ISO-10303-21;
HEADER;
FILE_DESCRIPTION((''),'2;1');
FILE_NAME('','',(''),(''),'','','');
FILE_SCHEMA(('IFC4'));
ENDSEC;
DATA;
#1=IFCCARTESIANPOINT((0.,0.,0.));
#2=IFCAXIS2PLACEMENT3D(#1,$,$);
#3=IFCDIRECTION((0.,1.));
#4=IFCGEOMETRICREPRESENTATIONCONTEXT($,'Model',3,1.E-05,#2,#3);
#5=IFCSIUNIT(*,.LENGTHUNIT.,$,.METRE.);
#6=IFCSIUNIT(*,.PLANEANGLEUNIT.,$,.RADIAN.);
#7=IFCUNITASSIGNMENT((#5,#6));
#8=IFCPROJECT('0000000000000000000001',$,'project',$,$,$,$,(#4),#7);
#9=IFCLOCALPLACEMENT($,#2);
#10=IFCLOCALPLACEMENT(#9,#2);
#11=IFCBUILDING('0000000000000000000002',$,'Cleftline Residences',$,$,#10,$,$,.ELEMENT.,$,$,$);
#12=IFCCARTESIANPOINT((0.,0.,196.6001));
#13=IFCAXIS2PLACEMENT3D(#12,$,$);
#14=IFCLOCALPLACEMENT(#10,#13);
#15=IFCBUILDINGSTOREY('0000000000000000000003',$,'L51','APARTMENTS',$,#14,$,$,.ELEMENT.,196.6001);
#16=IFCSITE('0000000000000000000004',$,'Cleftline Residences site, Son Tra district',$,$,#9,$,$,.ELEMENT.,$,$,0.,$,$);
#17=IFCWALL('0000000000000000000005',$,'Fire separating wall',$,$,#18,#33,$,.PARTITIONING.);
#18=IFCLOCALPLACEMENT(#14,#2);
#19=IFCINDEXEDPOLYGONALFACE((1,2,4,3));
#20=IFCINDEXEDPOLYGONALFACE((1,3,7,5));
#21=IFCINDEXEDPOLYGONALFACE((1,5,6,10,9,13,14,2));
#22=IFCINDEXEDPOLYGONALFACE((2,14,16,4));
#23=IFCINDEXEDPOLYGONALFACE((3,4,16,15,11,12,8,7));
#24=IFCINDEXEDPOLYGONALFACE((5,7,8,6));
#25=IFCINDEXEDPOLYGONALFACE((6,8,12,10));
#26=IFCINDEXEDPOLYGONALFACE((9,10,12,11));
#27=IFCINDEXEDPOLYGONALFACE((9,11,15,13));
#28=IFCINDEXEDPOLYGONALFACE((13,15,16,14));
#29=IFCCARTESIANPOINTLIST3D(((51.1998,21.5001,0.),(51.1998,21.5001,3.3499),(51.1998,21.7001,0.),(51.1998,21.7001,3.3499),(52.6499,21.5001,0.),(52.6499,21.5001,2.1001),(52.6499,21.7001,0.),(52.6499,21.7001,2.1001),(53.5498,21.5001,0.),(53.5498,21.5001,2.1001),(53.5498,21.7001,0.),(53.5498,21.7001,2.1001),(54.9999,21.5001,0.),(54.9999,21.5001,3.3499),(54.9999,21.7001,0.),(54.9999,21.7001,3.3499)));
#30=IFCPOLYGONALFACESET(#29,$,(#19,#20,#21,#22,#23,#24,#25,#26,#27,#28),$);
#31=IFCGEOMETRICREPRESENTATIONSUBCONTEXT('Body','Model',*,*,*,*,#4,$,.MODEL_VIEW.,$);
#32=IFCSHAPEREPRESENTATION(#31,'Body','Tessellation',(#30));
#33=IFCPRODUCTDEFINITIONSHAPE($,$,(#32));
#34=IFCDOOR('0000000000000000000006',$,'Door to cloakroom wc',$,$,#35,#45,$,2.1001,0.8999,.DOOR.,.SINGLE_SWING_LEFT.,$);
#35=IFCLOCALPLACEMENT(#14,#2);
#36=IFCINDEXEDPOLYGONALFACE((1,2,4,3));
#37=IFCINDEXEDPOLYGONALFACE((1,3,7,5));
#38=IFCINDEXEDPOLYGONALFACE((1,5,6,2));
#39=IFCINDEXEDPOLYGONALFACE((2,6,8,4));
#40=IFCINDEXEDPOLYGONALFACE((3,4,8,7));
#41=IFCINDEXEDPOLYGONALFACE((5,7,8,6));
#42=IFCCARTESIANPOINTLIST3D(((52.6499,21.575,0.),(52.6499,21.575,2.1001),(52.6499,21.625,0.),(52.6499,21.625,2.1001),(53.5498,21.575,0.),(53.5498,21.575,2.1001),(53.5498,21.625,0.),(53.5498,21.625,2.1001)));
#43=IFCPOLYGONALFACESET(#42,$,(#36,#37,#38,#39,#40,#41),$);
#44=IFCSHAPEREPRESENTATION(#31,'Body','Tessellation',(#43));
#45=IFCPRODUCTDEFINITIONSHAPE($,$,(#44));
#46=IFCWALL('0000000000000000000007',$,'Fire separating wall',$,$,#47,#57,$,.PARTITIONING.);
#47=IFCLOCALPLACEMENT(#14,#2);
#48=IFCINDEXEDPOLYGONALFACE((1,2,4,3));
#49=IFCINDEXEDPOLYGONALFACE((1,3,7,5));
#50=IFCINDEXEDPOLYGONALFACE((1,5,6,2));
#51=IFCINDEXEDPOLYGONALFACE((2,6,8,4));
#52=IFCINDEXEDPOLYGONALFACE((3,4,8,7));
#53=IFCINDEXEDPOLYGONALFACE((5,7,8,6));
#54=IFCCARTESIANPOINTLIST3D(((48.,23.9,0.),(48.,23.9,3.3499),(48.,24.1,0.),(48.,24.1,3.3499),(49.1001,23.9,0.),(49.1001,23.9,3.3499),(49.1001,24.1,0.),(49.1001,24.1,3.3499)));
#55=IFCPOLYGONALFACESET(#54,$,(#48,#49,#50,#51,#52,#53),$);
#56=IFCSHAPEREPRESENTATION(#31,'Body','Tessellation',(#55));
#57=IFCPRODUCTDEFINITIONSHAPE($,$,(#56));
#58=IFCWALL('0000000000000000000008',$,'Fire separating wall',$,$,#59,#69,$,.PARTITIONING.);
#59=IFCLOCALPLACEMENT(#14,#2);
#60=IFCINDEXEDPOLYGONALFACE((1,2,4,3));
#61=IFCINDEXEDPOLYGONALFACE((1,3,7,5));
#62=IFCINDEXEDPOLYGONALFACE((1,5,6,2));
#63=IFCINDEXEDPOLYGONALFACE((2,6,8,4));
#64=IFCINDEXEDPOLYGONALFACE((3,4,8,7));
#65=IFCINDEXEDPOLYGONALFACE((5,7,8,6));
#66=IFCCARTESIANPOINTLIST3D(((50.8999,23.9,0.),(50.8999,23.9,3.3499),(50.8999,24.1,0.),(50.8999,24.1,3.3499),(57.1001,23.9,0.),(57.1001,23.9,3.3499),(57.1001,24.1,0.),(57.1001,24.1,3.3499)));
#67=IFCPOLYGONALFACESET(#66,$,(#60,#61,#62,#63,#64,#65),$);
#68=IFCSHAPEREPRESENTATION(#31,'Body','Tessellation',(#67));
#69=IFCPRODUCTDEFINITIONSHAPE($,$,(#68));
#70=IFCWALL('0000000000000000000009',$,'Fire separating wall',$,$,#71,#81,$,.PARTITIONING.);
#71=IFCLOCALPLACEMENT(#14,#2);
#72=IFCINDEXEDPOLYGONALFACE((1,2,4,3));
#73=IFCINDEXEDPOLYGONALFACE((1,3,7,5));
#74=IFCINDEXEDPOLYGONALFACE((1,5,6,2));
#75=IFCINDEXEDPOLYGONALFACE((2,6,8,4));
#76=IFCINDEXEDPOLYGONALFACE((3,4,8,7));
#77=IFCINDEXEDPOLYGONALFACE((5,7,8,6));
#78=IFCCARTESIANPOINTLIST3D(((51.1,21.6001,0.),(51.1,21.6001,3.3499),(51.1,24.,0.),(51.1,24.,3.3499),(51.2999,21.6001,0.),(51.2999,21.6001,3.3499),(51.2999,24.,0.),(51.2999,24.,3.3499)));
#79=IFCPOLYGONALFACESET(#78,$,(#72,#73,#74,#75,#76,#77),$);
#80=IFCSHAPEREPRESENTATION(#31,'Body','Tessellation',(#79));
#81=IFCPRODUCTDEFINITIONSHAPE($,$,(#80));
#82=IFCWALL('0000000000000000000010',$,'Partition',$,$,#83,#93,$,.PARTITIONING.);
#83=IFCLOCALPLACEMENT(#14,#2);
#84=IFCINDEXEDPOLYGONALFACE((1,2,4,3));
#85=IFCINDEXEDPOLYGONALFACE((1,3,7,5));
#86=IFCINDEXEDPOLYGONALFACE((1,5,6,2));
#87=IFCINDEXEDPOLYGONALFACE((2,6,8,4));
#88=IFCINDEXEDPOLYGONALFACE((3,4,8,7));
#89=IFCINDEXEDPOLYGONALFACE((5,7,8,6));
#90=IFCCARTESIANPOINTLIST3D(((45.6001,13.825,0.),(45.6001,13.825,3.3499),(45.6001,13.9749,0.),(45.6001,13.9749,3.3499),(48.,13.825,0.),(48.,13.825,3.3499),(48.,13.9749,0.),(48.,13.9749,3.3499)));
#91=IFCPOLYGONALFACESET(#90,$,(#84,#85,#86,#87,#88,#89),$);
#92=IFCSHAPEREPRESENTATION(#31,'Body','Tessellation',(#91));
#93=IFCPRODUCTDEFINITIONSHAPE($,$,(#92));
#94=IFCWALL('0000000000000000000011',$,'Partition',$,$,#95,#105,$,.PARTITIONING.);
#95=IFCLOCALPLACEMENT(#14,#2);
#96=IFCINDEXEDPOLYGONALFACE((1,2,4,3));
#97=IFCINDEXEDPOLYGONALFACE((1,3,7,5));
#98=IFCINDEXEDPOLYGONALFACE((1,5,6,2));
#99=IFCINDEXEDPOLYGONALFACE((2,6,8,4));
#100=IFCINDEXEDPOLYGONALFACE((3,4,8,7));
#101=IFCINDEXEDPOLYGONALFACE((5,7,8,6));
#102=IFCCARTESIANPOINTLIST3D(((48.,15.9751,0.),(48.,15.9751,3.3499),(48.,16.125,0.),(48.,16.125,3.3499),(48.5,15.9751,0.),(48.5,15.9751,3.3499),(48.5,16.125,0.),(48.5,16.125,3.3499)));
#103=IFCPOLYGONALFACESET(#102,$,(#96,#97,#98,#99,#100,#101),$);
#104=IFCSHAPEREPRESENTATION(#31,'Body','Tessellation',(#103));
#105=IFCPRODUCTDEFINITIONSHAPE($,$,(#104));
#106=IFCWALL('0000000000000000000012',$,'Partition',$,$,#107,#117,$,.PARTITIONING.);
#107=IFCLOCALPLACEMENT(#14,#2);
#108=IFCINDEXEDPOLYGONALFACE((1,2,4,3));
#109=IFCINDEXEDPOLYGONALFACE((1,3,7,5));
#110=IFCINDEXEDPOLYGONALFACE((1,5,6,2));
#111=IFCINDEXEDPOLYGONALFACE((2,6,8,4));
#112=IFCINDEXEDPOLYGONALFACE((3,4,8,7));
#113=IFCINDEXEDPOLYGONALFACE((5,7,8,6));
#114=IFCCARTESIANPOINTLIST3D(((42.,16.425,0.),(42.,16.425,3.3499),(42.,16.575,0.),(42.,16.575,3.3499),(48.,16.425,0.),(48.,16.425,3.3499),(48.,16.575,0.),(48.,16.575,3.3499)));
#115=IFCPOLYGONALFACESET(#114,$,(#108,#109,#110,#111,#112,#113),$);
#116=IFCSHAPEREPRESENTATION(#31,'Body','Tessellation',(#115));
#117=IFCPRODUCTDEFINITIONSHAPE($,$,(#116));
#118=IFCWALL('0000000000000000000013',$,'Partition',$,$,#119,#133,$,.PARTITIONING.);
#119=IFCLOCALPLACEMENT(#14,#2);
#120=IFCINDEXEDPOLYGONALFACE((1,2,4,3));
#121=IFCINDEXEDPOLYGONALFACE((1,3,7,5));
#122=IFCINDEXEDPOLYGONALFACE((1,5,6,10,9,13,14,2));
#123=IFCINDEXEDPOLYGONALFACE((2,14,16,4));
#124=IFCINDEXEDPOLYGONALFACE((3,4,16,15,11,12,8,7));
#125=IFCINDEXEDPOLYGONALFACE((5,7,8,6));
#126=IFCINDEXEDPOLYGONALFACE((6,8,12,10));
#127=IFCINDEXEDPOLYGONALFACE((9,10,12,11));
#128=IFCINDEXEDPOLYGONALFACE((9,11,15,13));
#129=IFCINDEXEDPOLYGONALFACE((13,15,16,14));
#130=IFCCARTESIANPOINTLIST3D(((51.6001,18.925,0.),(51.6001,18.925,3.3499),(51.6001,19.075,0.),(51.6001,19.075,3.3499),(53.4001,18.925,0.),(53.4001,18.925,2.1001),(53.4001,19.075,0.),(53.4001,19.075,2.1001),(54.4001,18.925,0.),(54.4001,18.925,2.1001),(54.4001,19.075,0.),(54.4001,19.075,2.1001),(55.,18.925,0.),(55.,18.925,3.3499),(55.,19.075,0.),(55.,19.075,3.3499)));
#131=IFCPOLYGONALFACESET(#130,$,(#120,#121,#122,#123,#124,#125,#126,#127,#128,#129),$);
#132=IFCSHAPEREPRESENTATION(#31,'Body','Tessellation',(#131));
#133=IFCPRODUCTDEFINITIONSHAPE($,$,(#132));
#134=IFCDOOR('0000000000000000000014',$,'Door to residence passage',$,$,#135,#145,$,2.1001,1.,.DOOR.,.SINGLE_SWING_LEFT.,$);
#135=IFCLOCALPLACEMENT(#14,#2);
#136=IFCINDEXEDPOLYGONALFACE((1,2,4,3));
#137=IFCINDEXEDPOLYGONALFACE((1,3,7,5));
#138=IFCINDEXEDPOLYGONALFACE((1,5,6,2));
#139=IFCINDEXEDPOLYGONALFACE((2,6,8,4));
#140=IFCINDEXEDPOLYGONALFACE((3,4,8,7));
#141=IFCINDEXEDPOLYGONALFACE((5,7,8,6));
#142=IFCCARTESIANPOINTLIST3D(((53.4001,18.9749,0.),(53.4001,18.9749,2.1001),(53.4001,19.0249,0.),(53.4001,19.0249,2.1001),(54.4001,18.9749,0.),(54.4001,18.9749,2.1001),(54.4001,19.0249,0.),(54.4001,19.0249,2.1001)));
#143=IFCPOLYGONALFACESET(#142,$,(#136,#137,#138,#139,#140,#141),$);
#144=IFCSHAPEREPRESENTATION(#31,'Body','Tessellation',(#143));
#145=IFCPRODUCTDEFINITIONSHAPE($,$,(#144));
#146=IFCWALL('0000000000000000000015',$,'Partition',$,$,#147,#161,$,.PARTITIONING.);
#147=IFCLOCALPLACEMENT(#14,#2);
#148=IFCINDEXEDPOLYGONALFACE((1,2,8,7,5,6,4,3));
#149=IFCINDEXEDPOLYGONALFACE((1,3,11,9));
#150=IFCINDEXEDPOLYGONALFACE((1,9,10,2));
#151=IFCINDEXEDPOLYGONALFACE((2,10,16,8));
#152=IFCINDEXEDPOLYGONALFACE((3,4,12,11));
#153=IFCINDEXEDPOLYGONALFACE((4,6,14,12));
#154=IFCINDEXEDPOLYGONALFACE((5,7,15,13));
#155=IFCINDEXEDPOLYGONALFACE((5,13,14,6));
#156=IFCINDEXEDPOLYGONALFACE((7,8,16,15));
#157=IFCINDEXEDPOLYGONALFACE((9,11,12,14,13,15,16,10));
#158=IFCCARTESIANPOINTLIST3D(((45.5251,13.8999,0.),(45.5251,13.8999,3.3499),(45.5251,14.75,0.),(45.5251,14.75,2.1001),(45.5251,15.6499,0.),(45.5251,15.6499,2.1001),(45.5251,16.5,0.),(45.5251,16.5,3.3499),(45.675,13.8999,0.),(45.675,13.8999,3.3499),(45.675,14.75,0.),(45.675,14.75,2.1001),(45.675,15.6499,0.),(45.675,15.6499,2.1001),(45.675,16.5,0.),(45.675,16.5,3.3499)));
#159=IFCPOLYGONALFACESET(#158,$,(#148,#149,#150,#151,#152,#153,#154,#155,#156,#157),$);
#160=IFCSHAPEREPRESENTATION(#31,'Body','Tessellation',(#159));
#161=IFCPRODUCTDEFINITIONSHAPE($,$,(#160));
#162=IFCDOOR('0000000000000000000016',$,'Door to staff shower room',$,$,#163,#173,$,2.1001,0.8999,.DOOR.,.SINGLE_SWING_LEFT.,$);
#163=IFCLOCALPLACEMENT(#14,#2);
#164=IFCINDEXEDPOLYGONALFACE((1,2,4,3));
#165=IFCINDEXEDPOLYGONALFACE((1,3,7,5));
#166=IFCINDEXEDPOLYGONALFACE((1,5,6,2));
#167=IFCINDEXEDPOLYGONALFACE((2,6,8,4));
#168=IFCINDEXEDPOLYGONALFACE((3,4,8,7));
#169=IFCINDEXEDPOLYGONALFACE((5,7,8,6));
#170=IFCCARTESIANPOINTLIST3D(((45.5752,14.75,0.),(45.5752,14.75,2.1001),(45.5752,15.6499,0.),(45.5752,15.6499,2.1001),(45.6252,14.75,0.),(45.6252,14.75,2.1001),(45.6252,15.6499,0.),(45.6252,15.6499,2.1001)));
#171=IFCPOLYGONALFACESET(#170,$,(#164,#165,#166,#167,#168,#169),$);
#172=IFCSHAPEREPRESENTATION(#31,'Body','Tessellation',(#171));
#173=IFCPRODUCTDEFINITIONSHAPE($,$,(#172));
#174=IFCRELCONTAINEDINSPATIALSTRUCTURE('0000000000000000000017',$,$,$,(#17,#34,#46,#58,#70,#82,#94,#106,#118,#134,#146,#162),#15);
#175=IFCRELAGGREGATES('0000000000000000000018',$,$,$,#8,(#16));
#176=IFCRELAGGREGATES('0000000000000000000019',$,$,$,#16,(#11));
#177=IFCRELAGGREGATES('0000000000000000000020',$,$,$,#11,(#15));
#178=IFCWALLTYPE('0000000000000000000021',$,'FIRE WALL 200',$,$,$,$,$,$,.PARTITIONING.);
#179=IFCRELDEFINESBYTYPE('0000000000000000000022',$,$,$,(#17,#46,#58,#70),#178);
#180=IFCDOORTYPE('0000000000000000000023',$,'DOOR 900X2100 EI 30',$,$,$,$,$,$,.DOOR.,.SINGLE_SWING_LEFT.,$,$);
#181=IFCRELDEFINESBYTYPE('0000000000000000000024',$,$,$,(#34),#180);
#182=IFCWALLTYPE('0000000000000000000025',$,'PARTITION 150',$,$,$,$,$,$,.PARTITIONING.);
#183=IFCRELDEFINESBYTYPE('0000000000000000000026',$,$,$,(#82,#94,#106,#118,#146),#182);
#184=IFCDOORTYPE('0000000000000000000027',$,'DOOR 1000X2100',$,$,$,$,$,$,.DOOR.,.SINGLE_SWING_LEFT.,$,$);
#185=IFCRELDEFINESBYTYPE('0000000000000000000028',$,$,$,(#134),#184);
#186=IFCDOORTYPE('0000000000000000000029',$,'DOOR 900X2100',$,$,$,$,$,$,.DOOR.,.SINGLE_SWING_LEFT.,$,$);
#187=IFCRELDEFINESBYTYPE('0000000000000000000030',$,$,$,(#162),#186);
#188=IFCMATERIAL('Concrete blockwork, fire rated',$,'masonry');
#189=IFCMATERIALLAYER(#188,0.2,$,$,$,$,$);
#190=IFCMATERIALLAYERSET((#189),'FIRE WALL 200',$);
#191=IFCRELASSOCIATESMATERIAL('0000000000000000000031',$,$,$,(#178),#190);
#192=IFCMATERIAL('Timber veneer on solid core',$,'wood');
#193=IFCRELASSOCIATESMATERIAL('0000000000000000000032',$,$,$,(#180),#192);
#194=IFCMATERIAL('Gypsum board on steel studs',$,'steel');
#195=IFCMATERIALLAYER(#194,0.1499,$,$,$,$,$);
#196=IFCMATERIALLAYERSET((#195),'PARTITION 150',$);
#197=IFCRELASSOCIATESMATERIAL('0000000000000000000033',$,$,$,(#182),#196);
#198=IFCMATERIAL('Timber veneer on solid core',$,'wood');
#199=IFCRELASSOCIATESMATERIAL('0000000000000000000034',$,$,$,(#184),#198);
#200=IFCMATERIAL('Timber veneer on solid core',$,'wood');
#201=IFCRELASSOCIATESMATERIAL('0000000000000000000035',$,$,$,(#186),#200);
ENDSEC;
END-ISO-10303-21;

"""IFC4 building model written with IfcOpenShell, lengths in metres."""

from ifc_helpers import new_model, si_unit, direction, frame, frame_2d, origin, place, context, subcontext, project, spatial, rectangle, extrude, material, layer, layer_set, type_object, element, fill, save


model = new_model("IFC4")

# Units and contexts
model_context = context("Model", 3, precision=1e-05, world=origin(), true_north=direction((0.0, 1.0)))
body_context = subcontext(model_context, "Body", "Model", "MODEL_VIEW")
ifc_project = project(units=[si_unit("LENGTHUNIT", "METRE"), si_unit("PLANEANGLEUNIT", "RADIAN")], contexts=[model_context])

# Site, building, storey
site_placement = place(None, origin())
site = spatial("IfcSite", under=ifc_project, at=site_placement, Name="Cleftline Residences site, Son Tra district", CompositionType="ELEMENT", RefElevation=0.0)
building_placement = place(site_placement, origin())
building = spatial("IfcBuilding", under=site, at=building_placement, Name="Cleftline Residences", CompositionType="ELEMENT")
storey_placement = place(building_placement, frame((0.0, 0.0, 196.6001)))
storey = spatial("IfcBuildingStorey", under=building, at=storey_placement, Name="L51", Description="APARTMENTS", CompositionType="ELEMENT", Elevation=196.6001)

# Shared definitions
ifc_material_1 = material(Name="Concrete blockwork, fire rated", Category="masonry")
ifc_layer_1 = layer(ifc_material_1, 0.2)
ifc_layer_set_1 = layer_set([ifc_layer_1], Name="FIRE WALL 200")
wall_type_1 = type_object("IfcWallType", Name="FIRE WALL 200", PredefinedType="PARTITIONING", material=ifc_layer_set_1)

# Wall, opening, door
wall_1_placement = place(storey_placement, frame((51.2, 21.6001, 0.0), z_axis=(0.0, 0.0, 1.0), x_axis=(1.0, 0.0, 0.0)))
wall_1 = element("IfcWall", 1, at=wall_1_placement, inside=storey, type_object=wall_type_1, Name="Fire separating wall", PredefinedType="PARTITIONING", context=body_context, shape_type="SweptSolid", body=[
    extrude(rectangle(XDim=3.8, YDim=0.2, at=frame_2d((1.8999, 0.0))), origin(), (0.0, 0.0, 1.0), 3.3499),
])
opening_1_placement = place(wall_1_placement, frame((1.45, 0.0, 0.0)))
opening_1 = element("IfcOpeningElement", 2, at=opening_1_placement, cuts=wall_1, PredefinedType="OPENING", context=body_context, shape_type="SweptSolid", body=[
    extrude(rectangle(XDim=0.8999, YDim=2.1001, at=frame_2d((0.45, 1.05))), frame((0.0, 0.1099, 0.0), z_axis=(0.0, -1.0, 0.0), x_axis=(1.0, 0.0, 0.0)), (0.0, 0.0, 1.0), 0.22),
])
ifc_material_2 = material(Name="Timber veneer on solid core", Category="wood")
door_type_1 = type_object("IfcDoorType", Name="DOOR 900X2100 EI 30", OperationType="SINGLE_SWING_LEFT", PredefinedType="DOOR", material=ifc_material_2)
door_1_placement = place(opening_1_placement, origin())
door_1 = element("IfcDoor", 3, at=door_1_placement, inside=storey, type_object=door_type_1, Name="Door to cloakroom wc", OperationType="SINGLE_SWING_LEFT", OverallHeight=2.1001, OverallWidth=0.8999, PredefinedType="DOOR", context=body_context, shape_type="SweptSolid", body=[
    extrude(rectangle(XDim=0.8999, YDim=2.1001, at=frame_2d((0.45, 1.05))), frame((0.0, 0.0249, 0.0), z_axis=(0.0, -1.0, 0.0), x_axis=(1.0, 0.0, 0.0)), (0.0, 0.0, 1.0), 0.05),
])
fill(opening_1, door_1)

# Walls
wall_2_placement = place(storey_placement, frame((48.0, 24.0, 0.0), z_axis=(0.0, 0.0, 1.0), x_axis=(1.0, 0.0, 0.0)))
element("IfcWall", 4, at=wall_2_placement, inside=storey, type_object=wall_type_1, Name="Fire separating wall", PredefinedType="PARTITIONING", context=body_context, shape_type="SweptSolid", body=[
    extrude(rectangle(XDim=1.1001, YDim=0.2, at=frame_2d((0.55, 0.0))), origin(), (0.0, 0.0, 1.0), 3.3499),
])
wall_3_placement = place(storey_placement, frame((50.8999, 24.0, 0.0), z_axis=(0.0, 0.0, 1.0), x_axis=(1.0, 0.0, 0.0)))
element("IfcWall", 5, at=wall_3_placement, inside=storey, type_object=wall_type_1, Name="Fire separating wall", PredefinedType="PARTITIONING", context=body_context, shape_type="SweptSolid", body=[
    extrude(rectangle(XDim=6.2002, YDim=0.2, at=frame_2d((3.1001, 0.0))), origin(), (0.0, 0.0, 1.0), 3.3499),
])

# Walls
wall_4_placement = place(storey_placement, frame((51.2, 21.6001, 0.0), z_axis=(0.0, 0.0, 1.0), x_axis=(0.0, 1.0, 0.0)))
element("IfcWall", 6, at=wall_4_placement, inside=storey, type_object=wall_type_1, Name="Fire separating wall", PredefinedType="PARTITIONING", context=body_context, shape_type="SweptSolid", body=[
    extrude(rectangle(XDim=2.3999, YDim=0.2, at=frame_2d((1.2, 0.0))), origin(), (0.0, 0.0, 1.0), 3.3499),
])
ifc_material_3 = material(Name="Gypsum board on steel studs", Category="steel")
ifc_layer_2 = layer(ifc_material_3, 0.1499)
ifc_layer_set_2 = layer_set([ifc_layer_2], Name="PARTITION 150")
wall_type_2 = type_object("IfcWallType", Name="PARTITION 150", PredefinedType="PARTITIONING", material=ifc_layer_set_2)
wall_5_placement = place(storey_placement, frame((45.6001, 13.8999, 0.0), z_axis=(0.0, 0.0, 1.0), x_axis=(1.0, 0.0, 0.0)))
element("IfcWall", 7, at=wall_5_placement, inside=storey, type_object=wall_type_2, Name="Partition", PredefinedType="PARTITIONING", context=body_context, shape_type="SweptSolid", body=[
    extrude(rectangle(XDim=2.3999, YDim=0.1499, at=frame_2d((1.2, 0.0))), origin(), (0.0, 0.0, 1.0), 3.3499),
])
wall_6_placement = place(storey_placement, frame((48.0, 16.05, 0.0), z_axis=(0.0, 0.0, 1.0), x_axis=(1.0, 0.0, 0.0)))
element("IfcWall", 8, at=wall_6_placement, inside=storey, type_object=wall_type_2, Name="Partition", PredefinedType="PARTITIONING", context=body_context, shape_type="SweptSolid", body=[
    extrude(rectangle(XDim=0.5, YDim=0.1499, at=frame_2d((0.25, 0.0))), origin(), (0.0, 0.0, 1.0), 3.3499),
])
wall_7_placement = place(storey_placement, frame((42.0, 16.5, 0.0), z_axis=(0.0, 0.0, 1.0), x_axis=(1.0, 0.0, 0.0)))
element("IfcWall", 9, at=wall_7_placement, inside=storey, type_object=wall_type_2, Name="Partition", PredefinedType="PARTITIONING", context=body_context, shape_type="SweptSolid", body=[
    extrude(rectangle(XDim=6.0, YDim=0.1499, at=frame_2d((3.0, 0.0))), origin(), (0.0, 0.0, 1.0), 3.3499),
])

# Walls, openings, doors
wall_8_placement = place(storey_placement, frame((51.6001, 19.0, 0.0), z_axis=(0.0, 0.0, 1.0), x_axis=(1.0, 0.0, 0.0)))
wall_8 = element("IfcWall", 10, at=wall_8_placement, inside=storey, type_object=wall_type_2, Name="Partition", PredefinedType="PARTITIONING", context=body_context, shape_type="SweptSolid", body=[
    extrude(rectangle(XDim=3.3999, YDim=0.1499, at=frame_2d((1.7, 0.0))), origin(), (0.0, 0.0, 1.0), 3.3499),
])
opening_2_placement = place(wall_8_placement, frame((1.8, 0.0, 0.0)))
opening_2 = element("IfcOpeningElement", 11, at=opening_2_placement, cuts=wall_8, PredefinedType="OPENING", context=body_context, shape_type="SweptSolid", body=[
    extrude(rectangle(XDim=1.0, YDim=2.1001, at=frame_2d((0.5, 1.05))), frame((0.0, 0.085, 0.0), z_axis=(0.0, -1.0, 0.0), x_axis=(1.0, 0.0, 0.0)), (0.0, 0.0, 1.0), 0.1699),
])
ifc_material_4 = material(Name="Timber veneer on solid core", Category="wood")
door_type_2 = type_object("IfcDoorType", Name="DOOR 1000X2100", OperationType="SINGLE_SWING_LEFT", PredefinedType="DOOR", material=ifc_material_4)
door_2_placement = place(opening_2_placement, origin())
door_2 = element("IfcDoor", 12, at=door_2_placement, inside=storey, type_object=door_type_2, Name="Door to residence passage", OperationType="SINGLE_SWING_LEFT", OverallHeight=2.1001, OverallWidth=1.0, PredefinedType="DOOR", context=body_context, shape_type="SweptSolid", body=[
    extrude(rectangle(XDim=1.0, YDim=2.1001, at=frame_2d((0.5, 1.05))), frame((0.0, 0.0249, 0.0), z_axis=(0.0, -1.0, 0.0), x_axis=(1.0, 0.0, 0.0)), (0.0, 0.0, 1.0), 0.05),
])
fill(opening_2, door_2)
wall_9_placement = place(storey_placement, frame((45.6001, 13.8999, 0.0), z_axis=(0.0, 0.0, 1.0), x_axis=(0.0, 1.0, 0.0)))
wall_9 = element("IfcWall", 13, at=wall_9_placement, inside=storey, type_object=wall_type_2, Name="Partition", PredefinedType="PARTITIONING", context=body_context, shape_type="SweptSolid", body=[
    extrude(rectangle(XDim=2.6001, YDim=0.1499, at=frame_2d((1.3, 0.0))), origin(), (0.0, 0.0, 1.0), 3.3499),
])
opening_3_placement = place(wall_9_placement, frame((0.8501, 0.0, 0.0)))
opening_3 = element("IfcOpeningElement", 14, at=opening_3_placement, cuts=wall_9, PredefinedType="OPENING", context=body_context, shape_type="SweptSolid", body=[
    extrude(rectangle(XDim=0.8999, YDim=2.1001, at=frame_2d((0.45, 1.05))), frame((0.0, 0.085, 0.0), z_axis=(0.0, -1.0, 0.0), x_axis=(1.0, 0.0, 0.0)), (0.0, 0.0, 1.0), 0.1699),
])
ifc_material_5 = material(Name="Timber veneer on solid core", Category="wood")
door_type_3 = type_object("IfcDoorType", Name="DOOR 900X2100", OperationType="SINGLE_SWING_LEFT", PredefinedType="DOOR", material=ifc_material_5)
door_3_placement = place(opening_3_placement, origin())
door_3 = element("IfcDoor", 15, at=door_3_placement, inside=storey, type_object=door_type_3, Name="Door to staff shower room", OperationType="SINGLE_SWING_LEFT", OverallHeight=2.1001, OverallWidth=0.8999, PredefinedType="DOOR", context=body_context, shape_type="SweptSolid", body=[
    extrude(rectangle(XDim=0.8999, YDim=2.1001, at=frame_2d((0.45, 1.05))), frame((0.0, 0.0249, 0.0), z_axis=(0.0, -1.0, 0.0), x_axis=(1.0, 0.0, 0.0)), (0.0, 0.0, 1.0), 0.05),
])
fill(opening_3, door_3)

save(model, "model.ifc")
